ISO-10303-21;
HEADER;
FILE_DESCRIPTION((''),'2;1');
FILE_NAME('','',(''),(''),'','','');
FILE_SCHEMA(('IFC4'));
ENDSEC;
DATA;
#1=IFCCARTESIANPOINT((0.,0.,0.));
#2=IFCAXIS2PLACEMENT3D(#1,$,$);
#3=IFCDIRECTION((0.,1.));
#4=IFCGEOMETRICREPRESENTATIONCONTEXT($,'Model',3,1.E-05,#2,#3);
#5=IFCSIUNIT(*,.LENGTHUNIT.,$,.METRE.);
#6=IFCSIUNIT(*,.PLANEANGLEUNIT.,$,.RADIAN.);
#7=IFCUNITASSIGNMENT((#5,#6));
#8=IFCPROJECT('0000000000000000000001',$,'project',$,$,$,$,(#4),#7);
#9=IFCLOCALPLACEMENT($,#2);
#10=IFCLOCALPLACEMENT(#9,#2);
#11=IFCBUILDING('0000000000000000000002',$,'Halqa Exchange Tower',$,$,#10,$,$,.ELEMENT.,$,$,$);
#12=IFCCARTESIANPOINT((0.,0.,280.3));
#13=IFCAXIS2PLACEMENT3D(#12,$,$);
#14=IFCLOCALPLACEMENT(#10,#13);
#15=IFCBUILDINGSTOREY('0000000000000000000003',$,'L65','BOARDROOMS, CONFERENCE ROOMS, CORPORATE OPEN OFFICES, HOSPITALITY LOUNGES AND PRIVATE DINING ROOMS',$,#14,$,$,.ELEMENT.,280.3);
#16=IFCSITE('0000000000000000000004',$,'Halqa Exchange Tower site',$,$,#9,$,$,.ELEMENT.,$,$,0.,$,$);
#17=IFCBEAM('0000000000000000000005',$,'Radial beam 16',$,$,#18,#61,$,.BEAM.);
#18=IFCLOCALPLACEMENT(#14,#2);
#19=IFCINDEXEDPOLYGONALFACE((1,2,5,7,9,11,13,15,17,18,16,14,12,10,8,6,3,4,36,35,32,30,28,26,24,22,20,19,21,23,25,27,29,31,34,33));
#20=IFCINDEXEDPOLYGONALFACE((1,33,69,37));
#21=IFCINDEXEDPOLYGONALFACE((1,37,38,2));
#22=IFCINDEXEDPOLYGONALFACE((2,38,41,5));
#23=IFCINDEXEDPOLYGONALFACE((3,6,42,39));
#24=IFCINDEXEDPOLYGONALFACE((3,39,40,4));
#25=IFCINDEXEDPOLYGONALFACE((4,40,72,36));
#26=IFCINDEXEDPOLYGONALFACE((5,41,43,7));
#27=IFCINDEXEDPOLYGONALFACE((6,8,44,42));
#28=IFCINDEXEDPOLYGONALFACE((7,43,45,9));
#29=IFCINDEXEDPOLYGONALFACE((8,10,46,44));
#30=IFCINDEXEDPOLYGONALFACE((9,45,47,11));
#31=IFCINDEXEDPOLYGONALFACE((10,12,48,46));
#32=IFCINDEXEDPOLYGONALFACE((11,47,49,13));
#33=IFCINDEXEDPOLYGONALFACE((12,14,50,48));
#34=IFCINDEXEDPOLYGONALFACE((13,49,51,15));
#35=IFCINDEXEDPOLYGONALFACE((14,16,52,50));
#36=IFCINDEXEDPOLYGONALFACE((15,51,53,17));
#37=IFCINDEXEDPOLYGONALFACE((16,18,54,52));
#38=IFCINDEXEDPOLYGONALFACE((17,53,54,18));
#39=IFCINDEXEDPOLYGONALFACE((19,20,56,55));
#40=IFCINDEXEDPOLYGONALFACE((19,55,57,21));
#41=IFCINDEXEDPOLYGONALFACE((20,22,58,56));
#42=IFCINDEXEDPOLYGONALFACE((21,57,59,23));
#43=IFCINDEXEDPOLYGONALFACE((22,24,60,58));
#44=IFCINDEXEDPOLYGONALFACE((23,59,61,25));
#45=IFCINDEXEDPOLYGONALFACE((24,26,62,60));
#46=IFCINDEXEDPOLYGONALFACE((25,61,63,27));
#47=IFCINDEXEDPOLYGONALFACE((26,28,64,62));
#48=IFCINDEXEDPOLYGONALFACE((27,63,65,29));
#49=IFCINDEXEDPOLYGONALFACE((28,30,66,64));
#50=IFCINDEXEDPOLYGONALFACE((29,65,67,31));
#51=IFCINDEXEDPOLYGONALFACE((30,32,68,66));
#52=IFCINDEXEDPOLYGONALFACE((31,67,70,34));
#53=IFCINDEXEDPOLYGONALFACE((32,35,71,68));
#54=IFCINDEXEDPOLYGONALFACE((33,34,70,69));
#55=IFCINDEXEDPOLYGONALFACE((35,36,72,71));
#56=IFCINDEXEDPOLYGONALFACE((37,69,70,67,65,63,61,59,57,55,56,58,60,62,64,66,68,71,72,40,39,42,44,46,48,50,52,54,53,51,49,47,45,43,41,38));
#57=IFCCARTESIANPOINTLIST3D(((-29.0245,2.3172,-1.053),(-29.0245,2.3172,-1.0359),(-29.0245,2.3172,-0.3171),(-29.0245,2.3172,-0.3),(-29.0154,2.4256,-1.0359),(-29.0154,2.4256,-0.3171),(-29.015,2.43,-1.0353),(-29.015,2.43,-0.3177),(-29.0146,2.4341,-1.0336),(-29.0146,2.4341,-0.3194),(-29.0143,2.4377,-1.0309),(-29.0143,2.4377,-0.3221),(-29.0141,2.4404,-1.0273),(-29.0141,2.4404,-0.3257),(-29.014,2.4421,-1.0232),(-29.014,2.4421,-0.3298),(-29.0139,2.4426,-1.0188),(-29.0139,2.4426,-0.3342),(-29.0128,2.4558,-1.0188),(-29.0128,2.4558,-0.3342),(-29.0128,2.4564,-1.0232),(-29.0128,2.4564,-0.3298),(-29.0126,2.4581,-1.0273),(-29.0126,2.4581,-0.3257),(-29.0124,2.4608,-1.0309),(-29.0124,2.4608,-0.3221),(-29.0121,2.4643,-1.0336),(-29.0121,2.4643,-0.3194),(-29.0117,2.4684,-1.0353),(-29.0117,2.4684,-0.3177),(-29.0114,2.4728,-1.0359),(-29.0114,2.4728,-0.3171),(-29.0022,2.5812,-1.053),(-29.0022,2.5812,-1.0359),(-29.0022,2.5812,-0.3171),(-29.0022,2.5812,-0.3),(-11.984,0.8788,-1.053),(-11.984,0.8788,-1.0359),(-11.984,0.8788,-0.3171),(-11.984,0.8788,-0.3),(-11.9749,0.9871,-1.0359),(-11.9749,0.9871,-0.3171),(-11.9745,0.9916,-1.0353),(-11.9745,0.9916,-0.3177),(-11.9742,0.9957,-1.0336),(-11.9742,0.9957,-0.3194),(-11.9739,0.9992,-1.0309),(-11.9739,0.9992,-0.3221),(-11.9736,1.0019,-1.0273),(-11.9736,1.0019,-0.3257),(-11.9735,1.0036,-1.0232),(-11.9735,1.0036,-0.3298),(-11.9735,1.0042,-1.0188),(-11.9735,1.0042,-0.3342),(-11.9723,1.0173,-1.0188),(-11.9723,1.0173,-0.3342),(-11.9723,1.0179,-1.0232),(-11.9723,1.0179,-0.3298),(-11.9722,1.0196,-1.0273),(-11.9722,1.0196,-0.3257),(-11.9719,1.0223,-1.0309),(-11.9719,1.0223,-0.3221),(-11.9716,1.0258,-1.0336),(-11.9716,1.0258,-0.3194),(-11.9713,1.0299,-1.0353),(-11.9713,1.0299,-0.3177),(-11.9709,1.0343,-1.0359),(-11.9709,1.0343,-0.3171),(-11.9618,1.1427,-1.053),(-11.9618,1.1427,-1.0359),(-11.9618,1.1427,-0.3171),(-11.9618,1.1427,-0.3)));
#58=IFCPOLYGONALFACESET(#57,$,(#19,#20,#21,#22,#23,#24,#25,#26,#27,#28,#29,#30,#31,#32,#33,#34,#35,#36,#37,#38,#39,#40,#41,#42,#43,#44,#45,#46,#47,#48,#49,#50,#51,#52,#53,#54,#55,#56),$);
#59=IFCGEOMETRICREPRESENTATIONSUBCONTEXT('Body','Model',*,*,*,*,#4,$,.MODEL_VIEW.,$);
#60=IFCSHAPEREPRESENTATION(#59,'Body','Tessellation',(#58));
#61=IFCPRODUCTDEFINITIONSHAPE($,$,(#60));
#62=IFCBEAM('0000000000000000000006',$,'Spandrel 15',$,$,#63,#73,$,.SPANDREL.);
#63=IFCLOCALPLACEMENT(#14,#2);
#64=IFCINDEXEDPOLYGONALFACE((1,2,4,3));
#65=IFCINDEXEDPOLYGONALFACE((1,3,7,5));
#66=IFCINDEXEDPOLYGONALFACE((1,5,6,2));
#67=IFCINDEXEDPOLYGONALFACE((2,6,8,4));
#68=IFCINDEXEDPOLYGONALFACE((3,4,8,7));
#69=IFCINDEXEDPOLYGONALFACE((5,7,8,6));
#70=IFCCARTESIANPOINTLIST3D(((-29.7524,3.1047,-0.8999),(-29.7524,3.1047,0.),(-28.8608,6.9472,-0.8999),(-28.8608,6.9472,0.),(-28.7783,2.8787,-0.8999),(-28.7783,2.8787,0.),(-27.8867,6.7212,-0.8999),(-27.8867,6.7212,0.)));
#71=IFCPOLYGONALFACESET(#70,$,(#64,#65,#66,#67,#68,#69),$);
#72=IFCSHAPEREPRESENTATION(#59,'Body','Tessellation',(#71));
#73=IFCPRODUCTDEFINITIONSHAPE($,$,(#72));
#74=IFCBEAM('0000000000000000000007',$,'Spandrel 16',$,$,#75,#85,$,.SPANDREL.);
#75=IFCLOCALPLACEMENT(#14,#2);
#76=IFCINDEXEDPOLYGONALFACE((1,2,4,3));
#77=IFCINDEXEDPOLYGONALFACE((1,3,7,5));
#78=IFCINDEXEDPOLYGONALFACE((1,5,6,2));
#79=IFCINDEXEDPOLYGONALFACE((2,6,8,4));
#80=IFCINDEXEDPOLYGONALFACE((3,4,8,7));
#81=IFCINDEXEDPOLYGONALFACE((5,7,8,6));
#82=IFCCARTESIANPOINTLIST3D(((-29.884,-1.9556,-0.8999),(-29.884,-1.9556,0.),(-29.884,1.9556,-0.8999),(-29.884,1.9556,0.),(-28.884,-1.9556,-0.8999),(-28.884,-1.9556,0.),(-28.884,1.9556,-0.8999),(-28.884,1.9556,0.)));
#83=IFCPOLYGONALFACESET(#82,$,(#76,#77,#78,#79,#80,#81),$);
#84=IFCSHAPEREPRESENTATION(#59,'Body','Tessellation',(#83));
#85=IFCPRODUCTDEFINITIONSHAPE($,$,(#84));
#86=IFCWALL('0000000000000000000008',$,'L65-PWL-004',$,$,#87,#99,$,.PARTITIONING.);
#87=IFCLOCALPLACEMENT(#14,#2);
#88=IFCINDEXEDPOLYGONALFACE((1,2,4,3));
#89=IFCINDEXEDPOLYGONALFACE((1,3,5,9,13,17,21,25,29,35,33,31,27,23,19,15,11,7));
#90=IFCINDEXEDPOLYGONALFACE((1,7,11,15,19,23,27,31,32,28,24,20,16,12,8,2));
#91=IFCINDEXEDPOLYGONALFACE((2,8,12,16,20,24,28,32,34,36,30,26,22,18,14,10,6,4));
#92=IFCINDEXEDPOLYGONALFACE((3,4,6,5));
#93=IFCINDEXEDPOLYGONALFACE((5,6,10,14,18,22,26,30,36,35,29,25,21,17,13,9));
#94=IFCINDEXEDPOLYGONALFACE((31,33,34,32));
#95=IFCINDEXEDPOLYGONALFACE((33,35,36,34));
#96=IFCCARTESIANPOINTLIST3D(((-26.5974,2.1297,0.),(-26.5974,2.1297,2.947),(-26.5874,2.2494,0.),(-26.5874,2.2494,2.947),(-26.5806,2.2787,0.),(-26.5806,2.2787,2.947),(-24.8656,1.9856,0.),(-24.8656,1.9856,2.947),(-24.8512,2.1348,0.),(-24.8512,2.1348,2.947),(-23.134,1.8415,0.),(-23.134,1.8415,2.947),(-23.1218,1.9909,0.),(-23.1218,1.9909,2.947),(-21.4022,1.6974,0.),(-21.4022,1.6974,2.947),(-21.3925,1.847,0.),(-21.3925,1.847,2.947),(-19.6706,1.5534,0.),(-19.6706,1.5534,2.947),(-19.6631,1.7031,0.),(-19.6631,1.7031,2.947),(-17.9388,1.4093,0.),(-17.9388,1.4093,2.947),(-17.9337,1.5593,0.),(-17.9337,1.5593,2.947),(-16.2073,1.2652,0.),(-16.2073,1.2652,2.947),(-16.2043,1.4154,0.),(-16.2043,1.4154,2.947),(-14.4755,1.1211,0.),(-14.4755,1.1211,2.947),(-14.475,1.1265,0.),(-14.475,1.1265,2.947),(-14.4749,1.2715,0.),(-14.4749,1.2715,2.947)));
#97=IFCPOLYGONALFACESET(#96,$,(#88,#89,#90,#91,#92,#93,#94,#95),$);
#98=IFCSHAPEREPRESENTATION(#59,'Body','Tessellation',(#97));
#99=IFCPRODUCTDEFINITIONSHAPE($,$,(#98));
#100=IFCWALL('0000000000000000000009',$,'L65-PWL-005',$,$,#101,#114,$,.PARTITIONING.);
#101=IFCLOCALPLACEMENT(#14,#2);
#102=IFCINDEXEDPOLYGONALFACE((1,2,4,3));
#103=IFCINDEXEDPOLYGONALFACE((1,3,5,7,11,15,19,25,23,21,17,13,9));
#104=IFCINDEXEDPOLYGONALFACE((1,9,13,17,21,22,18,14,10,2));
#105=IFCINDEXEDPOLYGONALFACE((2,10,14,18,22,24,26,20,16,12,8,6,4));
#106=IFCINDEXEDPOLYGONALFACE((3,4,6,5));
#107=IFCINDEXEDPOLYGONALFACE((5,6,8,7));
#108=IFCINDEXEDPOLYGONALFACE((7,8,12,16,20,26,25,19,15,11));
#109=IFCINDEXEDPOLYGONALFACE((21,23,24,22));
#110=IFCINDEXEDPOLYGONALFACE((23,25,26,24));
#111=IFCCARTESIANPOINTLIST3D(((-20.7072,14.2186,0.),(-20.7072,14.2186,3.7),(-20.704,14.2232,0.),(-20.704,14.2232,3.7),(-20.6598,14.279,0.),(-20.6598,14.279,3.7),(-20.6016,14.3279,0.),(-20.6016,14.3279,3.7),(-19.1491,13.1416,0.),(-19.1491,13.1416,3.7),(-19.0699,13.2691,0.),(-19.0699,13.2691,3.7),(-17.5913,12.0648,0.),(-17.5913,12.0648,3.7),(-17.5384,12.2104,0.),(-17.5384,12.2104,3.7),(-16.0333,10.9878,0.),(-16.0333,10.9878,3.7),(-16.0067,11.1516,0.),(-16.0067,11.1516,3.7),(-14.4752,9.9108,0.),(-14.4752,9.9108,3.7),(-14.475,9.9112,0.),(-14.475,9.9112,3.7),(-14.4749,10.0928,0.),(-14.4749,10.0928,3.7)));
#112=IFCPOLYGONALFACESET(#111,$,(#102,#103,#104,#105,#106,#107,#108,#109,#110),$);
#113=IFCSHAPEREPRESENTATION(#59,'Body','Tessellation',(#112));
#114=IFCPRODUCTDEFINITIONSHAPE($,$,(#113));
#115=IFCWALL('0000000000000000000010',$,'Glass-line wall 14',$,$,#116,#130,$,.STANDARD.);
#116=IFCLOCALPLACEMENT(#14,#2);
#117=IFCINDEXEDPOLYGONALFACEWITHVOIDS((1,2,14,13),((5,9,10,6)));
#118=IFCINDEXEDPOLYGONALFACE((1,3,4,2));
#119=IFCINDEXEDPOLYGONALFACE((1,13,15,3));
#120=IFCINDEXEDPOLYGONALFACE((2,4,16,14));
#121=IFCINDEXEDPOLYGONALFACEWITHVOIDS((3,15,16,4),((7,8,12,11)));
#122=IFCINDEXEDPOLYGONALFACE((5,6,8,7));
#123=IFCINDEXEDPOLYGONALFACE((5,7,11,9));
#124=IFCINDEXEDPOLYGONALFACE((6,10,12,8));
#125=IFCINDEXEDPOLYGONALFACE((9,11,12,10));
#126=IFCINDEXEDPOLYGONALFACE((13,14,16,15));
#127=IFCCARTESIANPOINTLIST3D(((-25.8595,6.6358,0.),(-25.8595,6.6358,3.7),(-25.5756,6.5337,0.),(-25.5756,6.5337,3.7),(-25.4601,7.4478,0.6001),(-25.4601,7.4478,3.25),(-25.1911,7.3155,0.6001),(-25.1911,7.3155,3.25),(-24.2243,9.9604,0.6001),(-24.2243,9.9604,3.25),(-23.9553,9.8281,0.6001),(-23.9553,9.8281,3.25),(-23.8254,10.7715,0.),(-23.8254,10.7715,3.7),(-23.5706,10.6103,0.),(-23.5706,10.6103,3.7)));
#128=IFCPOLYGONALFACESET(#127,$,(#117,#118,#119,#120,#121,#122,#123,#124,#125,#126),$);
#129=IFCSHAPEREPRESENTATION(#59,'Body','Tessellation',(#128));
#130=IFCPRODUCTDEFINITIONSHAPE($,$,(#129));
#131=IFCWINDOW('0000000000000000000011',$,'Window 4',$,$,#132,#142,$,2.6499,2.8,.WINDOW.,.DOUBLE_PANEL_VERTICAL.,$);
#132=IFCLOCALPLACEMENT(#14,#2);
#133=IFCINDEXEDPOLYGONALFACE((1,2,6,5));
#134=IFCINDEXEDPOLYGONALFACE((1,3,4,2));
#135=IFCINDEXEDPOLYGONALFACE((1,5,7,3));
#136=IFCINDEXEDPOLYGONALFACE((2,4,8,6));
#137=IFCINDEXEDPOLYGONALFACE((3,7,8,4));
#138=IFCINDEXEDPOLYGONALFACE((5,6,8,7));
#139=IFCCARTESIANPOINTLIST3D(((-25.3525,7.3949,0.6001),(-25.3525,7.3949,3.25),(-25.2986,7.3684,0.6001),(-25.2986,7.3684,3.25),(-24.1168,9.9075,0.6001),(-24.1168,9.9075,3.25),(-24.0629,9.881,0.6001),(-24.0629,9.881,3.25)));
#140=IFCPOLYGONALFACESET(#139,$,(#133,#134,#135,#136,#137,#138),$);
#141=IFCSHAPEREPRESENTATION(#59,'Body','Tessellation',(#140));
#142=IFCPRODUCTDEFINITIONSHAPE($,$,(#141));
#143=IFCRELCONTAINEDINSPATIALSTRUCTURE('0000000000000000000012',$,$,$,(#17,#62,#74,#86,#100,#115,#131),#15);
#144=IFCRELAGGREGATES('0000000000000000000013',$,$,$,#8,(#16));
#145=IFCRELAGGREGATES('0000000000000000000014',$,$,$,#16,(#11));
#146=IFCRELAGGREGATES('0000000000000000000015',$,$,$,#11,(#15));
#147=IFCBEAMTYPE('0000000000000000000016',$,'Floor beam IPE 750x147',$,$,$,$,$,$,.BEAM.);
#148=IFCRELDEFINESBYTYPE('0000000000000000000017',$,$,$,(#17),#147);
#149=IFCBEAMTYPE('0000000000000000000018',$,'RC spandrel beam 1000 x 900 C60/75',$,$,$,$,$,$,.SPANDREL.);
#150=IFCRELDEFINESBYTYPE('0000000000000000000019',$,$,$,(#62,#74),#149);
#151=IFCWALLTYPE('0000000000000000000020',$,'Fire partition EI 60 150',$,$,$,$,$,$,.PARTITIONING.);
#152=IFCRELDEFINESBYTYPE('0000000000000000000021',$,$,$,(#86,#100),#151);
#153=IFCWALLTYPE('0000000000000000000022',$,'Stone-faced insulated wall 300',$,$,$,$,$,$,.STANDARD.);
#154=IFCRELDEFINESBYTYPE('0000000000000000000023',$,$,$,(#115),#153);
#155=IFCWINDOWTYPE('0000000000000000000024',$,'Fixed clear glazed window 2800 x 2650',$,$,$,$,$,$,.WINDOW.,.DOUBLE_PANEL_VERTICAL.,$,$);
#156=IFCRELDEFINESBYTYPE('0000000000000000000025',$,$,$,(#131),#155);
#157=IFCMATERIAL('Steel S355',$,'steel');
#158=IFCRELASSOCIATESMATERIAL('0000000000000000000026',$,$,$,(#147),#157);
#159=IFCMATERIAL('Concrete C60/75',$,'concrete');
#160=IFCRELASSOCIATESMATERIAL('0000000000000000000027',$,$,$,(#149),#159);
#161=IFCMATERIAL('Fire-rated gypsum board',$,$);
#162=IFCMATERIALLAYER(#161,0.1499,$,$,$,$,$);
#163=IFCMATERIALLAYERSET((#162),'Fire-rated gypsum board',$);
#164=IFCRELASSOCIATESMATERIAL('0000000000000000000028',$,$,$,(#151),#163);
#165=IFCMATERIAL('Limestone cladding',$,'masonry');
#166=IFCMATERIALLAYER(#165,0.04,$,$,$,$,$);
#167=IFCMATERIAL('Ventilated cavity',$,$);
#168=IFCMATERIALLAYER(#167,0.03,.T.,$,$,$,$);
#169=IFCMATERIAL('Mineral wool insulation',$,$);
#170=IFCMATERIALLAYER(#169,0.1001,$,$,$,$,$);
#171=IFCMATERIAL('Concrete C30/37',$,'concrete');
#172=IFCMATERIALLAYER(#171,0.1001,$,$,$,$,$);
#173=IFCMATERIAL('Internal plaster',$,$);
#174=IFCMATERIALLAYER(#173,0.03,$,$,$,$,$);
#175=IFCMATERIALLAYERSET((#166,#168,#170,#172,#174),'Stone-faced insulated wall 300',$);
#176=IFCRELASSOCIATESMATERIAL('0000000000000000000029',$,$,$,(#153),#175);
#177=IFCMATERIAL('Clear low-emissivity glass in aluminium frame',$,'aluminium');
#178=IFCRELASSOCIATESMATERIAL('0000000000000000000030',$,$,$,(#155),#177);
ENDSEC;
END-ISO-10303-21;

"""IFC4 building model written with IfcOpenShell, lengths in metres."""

from ifc_helpers import new_model, si_unit, direction, frame, frame_2d, origin, origin_2d, place, context, subcontext, project, spatial, polyline, rectangle, i_section, outline, extrude, material, layer, layer_set, material_profile, profile_set, type_object, element, fill, save


model = new_model("IFC4")

# Units and contexts
model_context = context("Model", 3, precision=1e-05, world=origin(), true_north=direction((0.0, 1.0)))
body_context = subcontext(model_context, "Body", "Model", "MODEL_VIEW")
ifc_project = project(units=[si_unit("LENGTHUNIT", "METRE"), si_unit("PLANEANGLEUNIT", "RADIAN")], contexts=[model_context])

# Site, building, storey
site_placement = place(None, origin())
site = spatial("IfcSite", under=ifc_project, at=site_placement, Name="Halqa Exchange Tower site", CompositionType="ELEMENT", RefElevation=0.0)
building_placement = place(site_placement, origin())
building = spatial("IfcBuilding", under=site, at=building_placement, Name="Halqa Exchange Tower", CompositionType="ELEMENT")
storey_placement = place(building_placement, frame((0.0, 0.0, 280.3)))
storey = spatial("IfcBuildingStorey", under=building, at=storey_placement, Name="L65", Description="BOARDROOMS, CONFERENCE ROOMS, CORPORATE OPEN OFFICES, HOSPITALITY LOUNGES AND PRIVATE DINING ROOMS", CompositionType="ELEMENT", Elevation=280.3)

# Shared definitions
ifc_material_1 = material(Name="Concrete C60/75", Category="concrete")

# Beams
ifc_material_2 = material(Name="Steel S355", Category="steel")
ifc_material_profile_1 = material_profile(ifc_material_2, i_section(OverallWidth=0.2649, OverallDepth=0.7529, WebThickness=0.0132, FlangeThickness=0.0171, FilletRadius=0.0171, at=origin_2d()), Name="IPE 750x147")
ifc_profile_set_1 = profile_set([ifc_material_profile_1], Name="Steel S355")
beam_type_1 = type_object("IfcBeamType", Name="Floor beam IPE 750x147", PredefinedType="BEAM", material=ifc_profile_set_1)
beam_1_placement = place(storey_placement, frame((-11.9729, 1.0107, -0.6765), z_axis=(-0.996456, 0.084116, 0.0), x_axis=(-0.084116, -0.996456, 0.0)))
element("IfcBeam", 1, at=beam_1_placement, inside=storey, type_object=beam_type_1, Name="Radial beam 16", PredefinedType="BEAM", context=body_context, shape_type="SweptSolid", body=[
    extrude(i_section(OverallWidth=0.2649, OverallDepth=0.7529, WebThickness=0.0132, FlangeThickness=0.0171, FilletRadius=0.0171, at=origin_2d()), origin(), (0.0, 0.0, 1.0), 17.1011),
])
ifc_material_profile_2 = material_profile(ifc_material_1, rectangle(XDim=1.0, YDim=0.8999, at=origin_2d()), Name="1000 x 900")
ifc_profile_set_2 = profile_set([ifc_material_profile_2], Name="Concrete C60/75")
beam_type_2 = type_object("IfcBeamType", Name="RC spandrel beam 1000 x 900 C60/75", PredefinedType="SPANDREL", material=ifc_profile_set_2)
beam_2_placement = place(storey_placement, frame((-28.3738, 6.8342, -0.45), z_axis=(-0.22603, -0.97412, 0.0), x_axis=(0.97412, -0.22603, 0.0)))
element("IfcBeam", 2, at=beam_2_placement, inside=storey, type_object=beam_type_2, Name="Spandrel 15", PredefinedType="SPANDREL", context=body_context, shape_type="SweptSolid", body=[
    extrude(rectangle(XDim=1.0, YDim=0.8999, at=origin_2d()), origin(), (0.0, 0.0, 1.0), 3.9446),
])
beam_3_placement = place(storey_placement, frame((-29.384, 1.9556, -0.45), z_axis=(0.0, -1.0, 0.0), x_axis=(1.0, 0.0, 0.0)))
element("IfcBeam", 3, at=beam_3_placement, inside=storey, type_object=beam_type_2, Name="Spandrel 16", PredefinedType="SPANDREL", context=body_context, shape_type="SweptSolid", body=[
    extrude(rectangle(XDim=1.0, YDim=0.8999, at=origin_2d()), origin(), (0.0, 0.0, 1.0), 3.9111),
])

# Walls
ifc_material_3 = material(Name="Fire-rated gypsum board")
ifc_layer_1 = layer(ifc_material_3, 0.1499)
ifc_layer_set_1 = layer_set([ifc_layer_1], Name="Fire-rated gypsum board")
wall_type_1 = type_object("IfcWallType", Name="Fire partition EI 60 150", PredefinedType="PARTITIONING", material=ifc_layer_set_1)
wall_1_placement = place(storey_placement, frame((-14.4692, 1.1958, 0.0), z_axis=(0.0, 0.0, 1.0), x_axis=(-0.996557, 0.082914, 0.0)))
element("IfcWall", 4, at=wall_1_placement, inside=storey, type_object=wall_type_1, Name="L65-PWL-004", PredefinedType="PARTITIONING", context=body_context, shape_type="SweptSolid", body=[
    extrude(outline(polyline([(0.012, -0.075), (1.7473, -0.075), (3.4827, -0.075), (5.218, -0.075), (6.9534, -0.075), (8.6887, -0.075), (10.4241, -0.075), (12.1594, -0.075), (12.1638, -0.0452), (12.1638, 0.075), (10.426, 0.075), (8.6885, 0.075), (6.9507, 0.075), (5.2131, 0.075), (3.4753, 0.075), (1.7378, 0.075), (0.0, 0.075), (0.0, 0.0696), (0.012, -0.075)])), origin(), (0.0, 0.0, 1.0), 2.947),
])
wall_2_placement = place(storey_placement, frame((-14.4326, 9.9724, 0.0), z_axis=(0.0, 0.0, 1.0), x_axis=(-0.822597, 0.568625, 0.0)))
element("IfcWall", 5, at=wall_2_placement, inside=storey, type_object=wall_type_1, Name="L65-PWL-005", PredefinedType="PARTITIONING", context=body_context, shape_type="SweptSolid", body=[
    extrude(outline(polyline([(0.1033, -0.075), (1.9653, -0.075), (3.8274, -0.075), (5.6892, -0.075), (7.5513, -0.075), (7.5713, -0.0017), (7.5759, 0.0693), (7.5759, 0.075), (5.6819, 0.075), (3.7881, 0.075), (1.894, 0.075), (0.0, 0.075), (0.0, 0.0745), (0.1033, -0.075)])), origin(), (0.0, 0.0, 1.0), 3.7),
])

# Wall, opening, window
ifc_material_4 = material(Name="Limestone cladding", Category="masonry")
ifc_layer_2 = layer(ifc_material_4, 0.04)
ifc_material_5 = material(Name="Ventilated cavity")
ifc_layer_3 = layer(ifc_material_5, 0.03, ventilated=True)
ifc_material_6 = material(Name="Mineral wool insulation")
ifc_layer_4 = layer(ifc_material_6, 0.1001)
ifc_material_7 = material(Name="Concrete C30/37", Category="concrete")
ifc_layer_5 = layer(ifc_material_7, 0.1001)
ifc_material_8 = material(Name="Internal plaster")
ifc_layer_6 = layer(ifc_material_8, 0.03)
ifc_layer_set_2 = layer_set([ifc_layer_2, ifc_layer_3, ifc_layer_4, ifc_layer_5, ifc_layer_6], Name="Stone-faced insulated wall 300")
wall_type_2 = type_object("IfcWallType", Name="Stone-faced insulated wall 300", PredefinedType="STANDARD", material=ifc_layer_set_2)
wall_3_placement = place(storey_placement, frame((-23.698, 10.6909, 0.0), z_axis=(0.0, 0.0, 1.0), x_axis=(-0.441335, -0.897342, 0.0)))
wall_3 = element("IfcWall", 6, at=wall_3_placement, inside=storey, type_object=wall_type_2, Name="Glass-line wall 14", PredefinedType="STANDARD", context=body_context, shape_type="SweptSolid", body=[
    extrude(outline(polyline([(-0.0161, -0.1499), (4.5928, -0.1499), (4.5591, 0.1499), (0.0161, 0.1499), (-0.0161, -0.1499)])), origin(), (0.0, 0.0, 1.0), 3.7),
])
opening_1_placement = place(wall_3_placement, frame((0.8879, 0.0, 0.6001)))
opening_1 = element("IfcOpeningElement", 7, at=opening_1_placement, cuts=wall_3, PredefinedType="OPENING", context=body_context, shape_type="SweptSolid", body=[
    extrude(rectangle(XDim=2.8, YDim=2.6499, at=frame_2d((1.3999, 1.325))), frame((0.0, 0.1621, 0.0), z_axis=(0.0, -1.0, 0.0), x_axis=(1.0, 0.0, 0.0)), (0.0, 0.0, 1.0), 0.324),
])
ifc_material_9 = material(Name="Clear low-emissivity glass in aluminium frame", Category="aluminium")
window_type = type_object("IfcWindowType", Name="Fixed clear glazed window 2800 x 2650", PartitioningType="DOUBLE_PANEL_VERTICAL", PredefinedType="WINDOW", material=ifc_material_9)
window_1_placement = place(opening_1_placement, origin())
window_1 = element("IfcWindow", 8, at=window_1_placement, inside=storey, type_object=window_type, Name="Window 4", OverallHeight=2.6499, OverallWidth=2.8, PartitioningType="DOUBLE_PANEL_VERTICAL", PredefinedType="WINDOW", context=body_context, shape_type="SweptSolid", body=[
    extrude(rectangle(XDim=2.8, YDim=2.6499, at=frame_2d((1.3999, 1.325))), frame((0.0, 0.03, 0.0), z_axis=(0.0, -1.0, 0.0), x_axis=(1.0, 0.0, 0.0)), (0.0, 0.0, 1.0), 0.0601),
])
fill(opening_1, window_1)

save(model, "model.ifc")
